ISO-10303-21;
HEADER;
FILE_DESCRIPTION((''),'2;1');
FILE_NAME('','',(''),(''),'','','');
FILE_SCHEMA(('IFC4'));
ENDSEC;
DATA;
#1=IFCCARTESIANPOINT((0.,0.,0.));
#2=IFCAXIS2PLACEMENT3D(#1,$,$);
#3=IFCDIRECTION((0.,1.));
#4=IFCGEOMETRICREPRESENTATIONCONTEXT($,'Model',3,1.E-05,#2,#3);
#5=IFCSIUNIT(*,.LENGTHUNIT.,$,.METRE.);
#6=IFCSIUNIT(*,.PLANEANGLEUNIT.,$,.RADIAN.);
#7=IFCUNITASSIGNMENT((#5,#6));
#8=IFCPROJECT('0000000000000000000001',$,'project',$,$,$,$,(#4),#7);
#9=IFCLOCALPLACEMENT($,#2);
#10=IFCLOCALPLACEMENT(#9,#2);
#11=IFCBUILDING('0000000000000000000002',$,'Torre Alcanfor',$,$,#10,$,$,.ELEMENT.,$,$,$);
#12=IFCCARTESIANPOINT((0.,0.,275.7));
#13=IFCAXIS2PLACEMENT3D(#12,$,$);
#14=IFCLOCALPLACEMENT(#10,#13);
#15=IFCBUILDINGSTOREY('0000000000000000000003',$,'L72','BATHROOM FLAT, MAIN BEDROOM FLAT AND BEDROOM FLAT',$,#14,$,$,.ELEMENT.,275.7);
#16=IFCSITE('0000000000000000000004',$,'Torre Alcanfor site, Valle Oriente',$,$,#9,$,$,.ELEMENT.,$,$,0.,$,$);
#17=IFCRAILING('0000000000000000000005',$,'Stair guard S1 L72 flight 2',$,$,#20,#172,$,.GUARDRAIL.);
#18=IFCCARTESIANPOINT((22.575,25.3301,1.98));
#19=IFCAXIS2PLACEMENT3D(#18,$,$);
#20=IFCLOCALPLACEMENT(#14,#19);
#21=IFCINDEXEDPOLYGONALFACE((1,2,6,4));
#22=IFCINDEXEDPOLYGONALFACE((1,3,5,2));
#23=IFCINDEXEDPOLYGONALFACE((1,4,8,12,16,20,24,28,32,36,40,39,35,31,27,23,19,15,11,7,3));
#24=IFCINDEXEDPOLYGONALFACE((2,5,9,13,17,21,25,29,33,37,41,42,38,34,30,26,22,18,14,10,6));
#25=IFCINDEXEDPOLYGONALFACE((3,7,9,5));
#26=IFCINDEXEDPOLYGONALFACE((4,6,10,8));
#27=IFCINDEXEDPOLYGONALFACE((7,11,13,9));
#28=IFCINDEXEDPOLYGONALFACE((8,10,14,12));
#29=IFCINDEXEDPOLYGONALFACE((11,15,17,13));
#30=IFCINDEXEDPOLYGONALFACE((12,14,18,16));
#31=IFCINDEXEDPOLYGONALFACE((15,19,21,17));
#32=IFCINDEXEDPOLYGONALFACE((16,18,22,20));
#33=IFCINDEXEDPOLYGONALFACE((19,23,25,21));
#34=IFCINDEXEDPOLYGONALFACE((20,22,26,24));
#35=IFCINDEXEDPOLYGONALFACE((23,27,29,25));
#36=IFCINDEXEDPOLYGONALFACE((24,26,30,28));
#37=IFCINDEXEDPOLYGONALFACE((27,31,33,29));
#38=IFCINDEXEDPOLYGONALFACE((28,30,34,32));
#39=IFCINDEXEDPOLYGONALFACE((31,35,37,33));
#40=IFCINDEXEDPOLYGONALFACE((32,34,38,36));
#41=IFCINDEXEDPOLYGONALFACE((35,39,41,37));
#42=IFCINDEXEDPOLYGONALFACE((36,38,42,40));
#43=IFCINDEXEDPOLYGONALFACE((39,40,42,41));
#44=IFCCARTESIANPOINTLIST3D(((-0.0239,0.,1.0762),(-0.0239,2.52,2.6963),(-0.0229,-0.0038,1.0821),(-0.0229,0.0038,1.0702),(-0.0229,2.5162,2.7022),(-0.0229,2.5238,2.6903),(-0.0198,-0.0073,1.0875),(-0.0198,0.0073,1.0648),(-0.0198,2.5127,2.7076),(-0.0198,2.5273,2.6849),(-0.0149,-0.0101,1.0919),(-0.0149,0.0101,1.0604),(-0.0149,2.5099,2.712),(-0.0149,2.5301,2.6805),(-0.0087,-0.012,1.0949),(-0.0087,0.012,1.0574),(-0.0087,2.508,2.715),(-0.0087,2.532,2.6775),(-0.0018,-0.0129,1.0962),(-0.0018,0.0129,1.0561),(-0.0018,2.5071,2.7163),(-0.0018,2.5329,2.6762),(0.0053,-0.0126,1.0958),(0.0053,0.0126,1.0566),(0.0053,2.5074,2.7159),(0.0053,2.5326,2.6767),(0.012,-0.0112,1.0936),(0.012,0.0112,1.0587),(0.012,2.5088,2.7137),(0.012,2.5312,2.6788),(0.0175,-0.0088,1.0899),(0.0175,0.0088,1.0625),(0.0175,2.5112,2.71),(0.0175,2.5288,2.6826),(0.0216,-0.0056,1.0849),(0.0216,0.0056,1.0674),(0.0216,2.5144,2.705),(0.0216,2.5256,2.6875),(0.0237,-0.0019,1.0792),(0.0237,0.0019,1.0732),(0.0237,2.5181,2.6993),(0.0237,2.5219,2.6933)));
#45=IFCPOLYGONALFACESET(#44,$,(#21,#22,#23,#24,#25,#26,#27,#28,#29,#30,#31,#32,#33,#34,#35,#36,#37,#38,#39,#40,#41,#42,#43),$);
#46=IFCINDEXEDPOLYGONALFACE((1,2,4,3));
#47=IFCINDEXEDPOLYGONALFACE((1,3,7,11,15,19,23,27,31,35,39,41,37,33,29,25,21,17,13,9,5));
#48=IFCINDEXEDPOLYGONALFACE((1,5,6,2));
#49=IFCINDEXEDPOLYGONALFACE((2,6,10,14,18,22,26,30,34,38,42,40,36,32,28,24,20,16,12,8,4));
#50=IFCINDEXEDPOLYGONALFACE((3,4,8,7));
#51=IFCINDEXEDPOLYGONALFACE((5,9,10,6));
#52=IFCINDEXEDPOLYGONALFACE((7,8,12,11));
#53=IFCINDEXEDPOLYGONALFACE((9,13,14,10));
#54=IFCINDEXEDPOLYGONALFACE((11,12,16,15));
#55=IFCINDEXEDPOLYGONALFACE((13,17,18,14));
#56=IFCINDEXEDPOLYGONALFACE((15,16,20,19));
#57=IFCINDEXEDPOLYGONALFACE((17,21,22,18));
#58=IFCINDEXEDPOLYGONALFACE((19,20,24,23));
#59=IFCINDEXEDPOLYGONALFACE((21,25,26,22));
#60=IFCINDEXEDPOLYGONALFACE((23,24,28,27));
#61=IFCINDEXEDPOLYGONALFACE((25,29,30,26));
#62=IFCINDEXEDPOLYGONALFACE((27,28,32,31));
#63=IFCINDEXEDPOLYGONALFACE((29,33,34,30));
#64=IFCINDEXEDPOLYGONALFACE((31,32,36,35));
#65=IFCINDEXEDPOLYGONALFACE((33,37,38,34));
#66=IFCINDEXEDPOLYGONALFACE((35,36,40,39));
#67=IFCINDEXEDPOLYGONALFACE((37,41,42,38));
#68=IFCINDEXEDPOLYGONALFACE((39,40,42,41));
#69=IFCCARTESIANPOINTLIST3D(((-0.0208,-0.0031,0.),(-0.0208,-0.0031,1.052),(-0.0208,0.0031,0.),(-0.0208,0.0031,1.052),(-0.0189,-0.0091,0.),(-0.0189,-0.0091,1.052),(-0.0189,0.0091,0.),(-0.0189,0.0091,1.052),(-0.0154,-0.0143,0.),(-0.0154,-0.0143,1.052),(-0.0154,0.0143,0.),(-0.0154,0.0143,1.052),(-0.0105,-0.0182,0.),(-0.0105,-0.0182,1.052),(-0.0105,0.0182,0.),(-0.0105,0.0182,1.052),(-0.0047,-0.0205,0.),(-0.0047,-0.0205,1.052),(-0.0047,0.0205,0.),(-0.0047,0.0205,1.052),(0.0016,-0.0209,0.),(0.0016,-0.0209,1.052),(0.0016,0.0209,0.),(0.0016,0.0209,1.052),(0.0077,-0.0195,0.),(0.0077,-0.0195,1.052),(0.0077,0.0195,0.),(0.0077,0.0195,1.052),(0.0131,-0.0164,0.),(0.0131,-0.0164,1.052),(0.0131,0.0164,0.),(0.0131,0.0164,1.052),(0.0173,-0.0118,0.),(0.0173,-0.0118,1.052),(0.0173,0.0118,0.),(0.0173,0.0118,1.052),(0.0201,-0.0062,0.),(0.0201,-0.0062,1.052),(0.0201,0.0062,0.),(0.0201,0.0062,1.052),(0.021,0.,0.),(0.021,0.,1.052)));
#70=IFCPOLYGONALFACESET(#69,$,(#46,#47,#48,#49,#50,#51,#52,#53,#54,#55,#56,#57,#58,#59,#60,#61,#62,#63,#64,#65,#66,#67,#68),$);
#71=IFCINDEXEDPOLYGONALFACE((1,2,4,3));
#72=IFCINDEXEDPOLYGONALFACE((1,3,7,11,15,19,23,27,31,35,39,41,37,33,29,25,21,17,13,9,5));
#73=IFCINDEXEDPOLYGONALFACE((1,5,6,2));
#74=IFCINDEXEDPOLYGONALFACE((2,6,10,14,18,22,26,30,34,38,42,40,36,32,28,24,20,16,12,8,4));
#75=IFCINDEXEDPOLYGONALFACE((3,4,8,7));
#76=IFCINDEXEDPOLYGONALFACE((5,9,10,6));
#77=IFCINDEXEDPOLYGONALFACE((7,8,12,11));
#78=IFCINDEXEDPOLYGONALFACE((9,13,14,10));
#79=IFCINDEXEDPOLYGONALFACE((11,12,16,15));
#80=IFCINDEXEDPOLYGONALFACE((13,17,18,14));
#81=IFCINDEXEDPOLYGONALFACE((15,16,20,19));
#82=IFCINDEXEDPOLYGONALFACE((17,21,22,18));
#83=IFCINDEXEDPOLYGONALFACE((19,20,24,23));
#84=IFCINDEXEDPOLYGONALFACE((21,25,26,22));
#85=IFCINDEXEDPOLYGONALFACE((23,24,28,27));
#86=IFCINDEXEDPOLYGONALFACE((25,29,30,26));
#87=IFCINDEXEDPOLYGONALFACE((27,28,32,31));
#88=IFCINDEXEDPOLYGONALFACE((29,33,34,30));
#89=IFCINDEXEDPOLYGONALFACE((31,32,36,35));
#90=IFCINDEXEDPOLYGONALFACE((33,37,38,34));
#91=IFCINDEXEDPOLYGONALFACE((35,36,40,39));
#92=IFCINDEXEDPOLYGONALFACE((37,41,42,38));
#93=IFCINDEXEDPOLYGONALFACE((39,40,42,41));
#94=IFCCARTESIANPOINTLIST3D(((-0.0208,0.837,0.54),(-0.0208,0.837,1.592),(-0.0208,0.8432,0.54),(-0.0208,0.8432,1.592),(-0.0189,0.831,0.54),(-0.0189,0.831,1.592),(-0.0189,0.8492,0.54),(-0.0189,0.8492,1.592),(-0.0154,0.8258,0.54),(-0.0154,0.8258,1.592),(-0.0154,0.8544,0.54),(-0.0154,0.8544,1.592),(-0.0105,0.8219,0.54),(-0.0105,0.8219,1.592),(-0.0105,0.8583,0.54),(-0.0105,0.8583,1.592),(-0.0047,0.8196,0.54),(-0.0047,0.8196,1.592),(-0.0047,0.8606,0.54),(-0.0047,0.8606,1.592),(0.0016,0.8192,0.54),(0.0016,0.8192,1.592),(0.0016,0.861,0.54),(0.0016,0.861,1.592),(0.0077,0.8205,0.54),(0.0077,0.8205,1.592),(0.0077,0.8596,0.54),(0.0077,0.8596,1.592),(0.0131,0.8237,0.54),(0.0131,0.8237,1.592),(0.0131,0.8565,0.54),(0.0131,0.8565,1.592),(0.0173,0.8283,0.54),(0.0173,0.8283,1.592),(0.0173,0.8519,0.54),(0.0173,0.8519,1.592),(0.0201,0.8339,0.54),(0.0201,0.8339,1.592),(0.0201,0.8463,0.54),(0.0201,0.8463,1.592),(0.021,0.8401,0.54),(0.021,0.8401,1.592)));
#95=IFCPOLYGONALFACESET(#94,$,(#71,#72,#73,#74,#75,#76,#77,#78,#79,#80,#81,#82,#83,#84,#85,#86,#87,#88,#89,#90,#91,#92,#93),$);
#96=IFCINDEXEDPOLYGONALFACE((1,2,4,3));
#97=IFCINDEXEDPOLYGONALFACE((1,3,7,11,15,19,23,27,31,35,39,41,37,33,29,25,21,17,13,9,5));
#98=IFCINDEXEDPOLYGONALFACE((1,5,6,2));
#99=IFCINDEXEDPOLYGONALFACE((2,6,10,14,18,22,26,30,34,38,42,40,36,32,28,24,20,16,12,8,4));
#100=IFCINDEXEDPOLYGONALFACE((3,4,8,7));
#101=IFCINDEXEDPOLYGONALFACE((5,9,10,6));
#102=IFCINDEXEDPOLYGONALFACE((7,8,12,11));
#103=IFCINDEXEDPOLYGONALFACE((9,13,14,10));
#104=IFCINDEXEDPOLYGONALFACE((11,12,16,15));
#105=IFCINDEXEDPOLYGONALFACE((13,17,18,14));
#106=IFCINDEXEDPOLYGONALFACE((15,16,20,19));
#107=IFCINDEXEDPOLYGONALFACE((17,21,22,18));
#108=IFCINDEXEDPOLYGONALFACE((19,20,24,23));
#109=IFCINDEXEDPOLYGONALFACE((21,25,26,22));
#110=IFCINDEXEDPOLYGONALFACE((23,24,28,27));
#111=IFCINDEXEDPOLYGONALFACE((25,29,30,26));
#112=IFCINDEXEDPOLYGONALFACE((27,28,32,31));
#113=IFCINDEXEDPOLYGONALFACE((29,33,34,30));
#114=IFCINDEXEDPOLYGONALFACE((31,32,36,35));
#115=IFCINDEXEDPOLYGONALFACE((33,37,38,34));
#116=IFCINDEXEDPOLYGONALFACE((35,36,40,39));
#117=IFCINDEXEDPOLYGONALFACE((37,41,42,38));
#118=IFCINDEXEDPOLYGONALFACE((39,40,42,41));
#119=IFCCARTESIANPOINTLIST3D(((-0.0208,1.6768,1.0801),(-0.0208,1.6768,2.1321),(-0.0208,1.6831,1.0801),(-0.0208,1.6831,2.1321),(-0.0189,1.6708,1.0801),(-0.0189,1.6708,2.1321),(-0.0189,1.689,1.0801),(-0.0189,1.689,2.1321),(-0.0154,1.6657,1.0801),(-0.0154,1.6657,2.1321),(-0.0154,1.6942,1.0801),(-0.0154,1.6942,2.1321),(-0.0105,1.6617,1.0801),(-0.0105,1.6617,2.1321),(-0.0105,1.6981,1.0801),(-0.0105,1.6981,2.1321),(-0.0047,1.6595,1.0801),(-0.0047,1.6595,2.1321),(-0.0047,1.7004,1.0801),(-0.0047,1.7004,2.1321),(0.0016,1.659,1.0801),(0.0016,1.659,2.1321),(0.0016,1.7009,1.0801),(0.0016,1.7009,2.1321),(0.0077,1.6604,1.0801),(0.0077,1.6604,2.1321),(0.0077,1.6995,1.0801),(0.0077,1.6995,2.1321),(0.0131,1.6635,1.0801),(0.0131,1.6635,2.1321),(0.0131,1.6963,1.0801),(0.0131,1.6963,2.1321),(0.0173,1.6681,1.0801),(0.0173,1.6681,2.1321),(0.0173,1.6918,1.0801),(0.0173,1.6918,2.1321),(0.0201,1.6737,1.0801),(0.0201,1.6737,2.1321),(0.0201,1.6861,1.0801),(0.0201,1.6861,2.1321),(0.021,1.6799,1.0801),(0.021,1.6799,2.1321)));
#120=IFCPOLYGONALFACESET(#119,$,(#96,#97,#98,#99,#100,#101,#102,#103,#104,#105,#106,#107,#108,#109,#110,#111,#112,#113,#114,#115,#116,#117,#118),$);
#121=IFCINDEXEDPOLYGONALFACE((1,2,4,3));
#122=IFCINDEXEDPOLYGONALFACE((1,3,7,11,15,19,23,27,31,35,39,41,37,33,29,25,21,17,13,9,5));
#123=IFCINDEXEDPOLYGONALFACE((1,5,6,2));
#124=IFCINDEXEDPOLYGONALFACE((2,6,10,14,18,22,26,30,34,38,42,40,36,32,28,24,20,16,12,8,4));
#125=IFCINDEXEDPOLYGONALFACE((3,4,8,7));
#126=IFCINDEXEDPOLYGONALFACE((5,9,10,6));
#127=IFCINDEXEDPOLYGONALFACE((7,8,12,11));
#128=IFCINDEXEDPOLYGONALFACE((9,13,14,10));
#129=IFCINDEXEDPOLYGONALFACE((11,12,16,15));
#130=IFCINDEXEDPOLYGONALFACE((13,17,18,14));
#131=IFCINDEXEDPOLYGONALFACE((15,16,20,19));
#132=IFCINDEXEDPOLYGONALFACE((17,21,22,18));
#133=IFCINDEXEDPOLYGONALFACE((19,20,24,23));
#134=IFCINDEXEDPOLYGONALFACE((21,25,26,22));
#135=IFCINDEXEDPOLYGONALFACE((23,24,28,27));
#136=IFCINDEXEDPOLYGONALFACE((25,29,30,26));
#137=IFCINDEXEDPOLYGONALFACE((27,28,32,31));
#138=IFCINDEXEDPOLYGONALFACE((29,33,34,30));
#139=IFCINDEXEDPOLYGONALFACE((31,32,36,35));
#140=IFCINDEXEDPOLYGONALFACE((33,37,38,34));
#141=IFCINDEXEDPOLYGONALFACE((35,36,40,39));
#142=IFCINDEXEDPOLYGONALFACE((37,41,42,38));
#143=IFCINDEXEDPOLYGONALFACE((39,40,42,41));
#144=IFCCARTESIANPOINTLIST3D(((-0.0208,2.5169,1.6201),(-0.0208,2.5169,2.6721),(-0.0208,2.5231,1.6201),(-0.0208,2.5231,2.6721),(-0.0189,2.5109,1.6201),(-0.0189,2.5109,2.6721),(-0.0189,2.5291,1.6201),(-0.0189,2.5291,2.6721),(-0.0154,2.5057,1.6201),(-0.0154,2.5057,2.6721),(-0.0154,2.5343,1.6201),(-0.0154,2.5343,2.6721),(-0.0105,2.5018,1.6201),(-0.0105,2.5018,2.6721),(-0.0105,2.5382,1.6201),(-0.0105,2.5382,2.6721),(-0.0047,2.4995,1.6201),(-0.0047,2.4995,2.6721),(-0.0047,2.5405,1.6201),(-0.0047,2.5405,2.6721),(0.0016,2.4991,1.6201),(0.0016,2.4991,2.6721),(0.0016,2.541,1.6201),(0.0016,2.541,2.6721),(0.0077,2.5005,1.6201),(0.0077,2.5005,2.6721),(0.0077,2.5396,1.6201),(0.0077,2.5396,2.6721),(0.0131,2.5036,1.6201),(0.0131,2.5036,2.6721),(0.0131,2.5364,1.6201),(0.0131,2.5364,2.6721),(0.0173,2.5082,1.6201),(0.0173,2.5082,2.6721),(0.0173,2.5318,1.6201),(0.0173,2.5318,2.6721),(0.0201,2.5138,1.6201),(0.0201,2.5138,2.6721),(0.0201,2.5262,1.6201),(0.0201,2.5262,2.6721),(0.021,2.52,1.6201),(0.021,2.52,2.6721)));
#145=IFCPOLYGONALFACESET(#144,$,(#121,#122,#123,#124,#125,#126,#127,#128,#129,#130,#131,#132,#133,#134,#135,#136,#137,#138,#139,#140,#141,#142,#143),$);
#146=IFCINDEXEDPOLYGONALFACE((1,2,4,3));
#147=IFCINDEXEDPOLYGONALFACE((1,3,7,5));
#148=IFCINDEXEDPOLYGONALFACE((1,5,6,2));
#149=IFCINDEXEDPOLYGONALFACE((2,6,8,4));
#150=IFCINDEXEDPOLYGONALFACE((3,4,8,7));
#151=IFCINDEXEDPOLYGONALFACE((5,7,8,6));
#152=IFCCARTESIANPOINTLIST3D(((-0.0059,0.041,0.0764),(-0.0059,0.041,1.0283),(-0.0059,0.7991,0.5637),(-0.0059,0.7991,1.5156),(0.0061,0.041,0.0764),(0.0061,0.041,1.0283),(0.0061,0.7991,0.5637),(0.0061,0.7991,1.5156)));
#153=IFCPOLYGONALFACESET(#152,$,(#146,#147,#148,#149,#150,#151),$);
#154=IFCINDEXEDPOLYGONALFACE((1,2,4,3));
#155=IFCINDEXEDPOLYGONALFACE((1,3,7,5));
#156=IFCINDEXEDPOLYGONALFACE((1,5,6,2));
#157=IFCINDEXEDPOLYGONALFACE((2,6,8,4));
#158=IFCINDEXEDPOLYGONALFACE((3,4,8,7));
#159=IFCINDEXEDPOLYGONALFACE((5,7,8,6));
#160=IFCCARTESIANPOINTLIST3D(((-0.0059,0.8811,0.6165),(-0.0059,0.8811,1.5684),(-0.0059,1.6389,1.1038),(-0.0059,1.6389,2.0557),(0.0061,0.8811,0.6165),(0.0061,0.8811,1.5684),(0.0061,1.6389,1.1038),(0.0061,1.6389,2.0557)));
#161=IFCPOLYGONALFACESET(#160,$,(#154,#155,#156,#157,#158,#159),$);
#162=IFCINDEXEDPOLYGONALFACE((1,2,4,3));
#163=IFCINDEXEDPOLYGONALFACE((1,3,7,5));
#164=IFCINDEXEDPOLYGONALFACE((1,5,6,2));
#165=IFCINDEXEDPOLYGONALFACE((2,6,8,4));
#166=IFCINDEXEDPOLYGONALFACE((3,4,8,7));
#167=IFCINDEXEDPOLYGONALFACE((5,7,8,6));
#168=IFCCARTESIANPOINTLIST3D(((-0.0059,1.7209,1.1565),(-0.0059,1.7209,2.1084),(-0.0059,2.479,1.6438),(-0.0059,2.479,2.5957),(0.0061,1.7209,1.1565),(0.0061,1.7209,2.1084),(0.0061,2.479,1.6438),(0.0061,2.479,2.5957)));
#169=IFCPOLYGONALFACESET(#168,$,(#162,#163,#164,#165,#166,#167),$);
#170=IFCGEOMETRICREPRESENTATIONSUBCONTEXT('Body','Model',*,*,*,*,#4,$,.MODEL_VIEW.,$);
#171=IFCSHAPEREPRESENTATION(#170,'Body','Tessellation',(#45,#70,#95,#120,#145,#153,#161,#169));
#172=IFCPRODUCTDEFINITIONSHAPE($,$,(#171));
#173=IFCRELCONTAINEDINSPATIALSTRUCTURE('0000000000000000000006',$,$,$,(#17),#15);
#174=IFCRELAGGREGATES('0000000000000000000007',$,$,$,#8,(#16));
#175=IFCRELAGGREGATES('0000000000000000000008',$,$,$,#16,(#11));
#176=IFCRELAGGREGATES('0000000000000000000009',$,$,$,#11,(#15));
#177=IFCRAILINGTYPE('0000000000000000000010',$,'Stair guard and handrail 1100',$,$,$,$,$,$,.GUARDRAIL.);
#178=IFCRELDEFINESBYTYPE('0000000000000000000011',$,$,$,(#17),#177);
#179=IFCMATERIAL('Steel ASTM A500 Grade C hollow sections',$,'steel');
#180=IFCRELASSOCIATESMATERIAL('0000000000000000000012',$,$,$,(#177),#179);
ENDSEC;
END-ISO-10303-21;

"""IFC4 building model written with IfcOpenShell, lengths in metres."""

from ifc_helpers import new_model, si_unit, direction, frame, origin, origin_2d, place, context, subcontext, project, spatial, polyline, circle, outline, extrude, material, type_object, element, save


model = new_model("IFC4")

# Units and contexts
model_context = context("Model", 3, precision=1e-05, world=origin(), true_north=direction((0.0, 1.0)))
body_context = subcontext(model_context, "Body", "Model", "MODEL_VIEW")
ifc_project = project(units=[si_unit("LENGTHUNIT", "METRE"), si_unit("PLANEANGLEUNIT", "RADIAN")], contexts=[model_context])

# Site, building, storey
site_placement = place(None, origin())
site = spatial("IfcSite", under=ifc_project, at=site_placement, Name="Torre Alcanfor site, Valle Oriente", CompositionType="ELEMENT", RefElevation=0.0)
building_placement = place(site_placement, origin())
building = spatial("IfcBuilding", under=site, at=building_placement, Name="Torre Alcanfor", CompositionType="ELEMENT")
storey_placement = place(building_placement, frame((0.0, 0.0, 275.7)))
storey = spatial("IfcBuildingStorey", under=building, at=storey_placement, Name="L72", Description="BATHROOM FLAT, MAIN BEDROOM FLAT AND BEDROOM FLAT", CompositionType="ELEMENT", Elevation=275.7)

# Railing
ifc_material_1 = material(Name="Steel ASTM A500 Grade C hollow sections", Category="steel")
railing_type_1 = type_object("IfcRailingType", Name="Stair guard and handrail 1100", PredefinedType="GUARDRAIL", material=ifc_material_1)
railing_1_placement = place(storey_placement, frame((22.575, 25.3301, 1.98)))
element("IfcRailing", 1, at=railing_1_placement, inside=storey, type_object=railing_type_1, Name="Stair guard S1 L72 flight 2", PredefinedType="GUARDRAIL", context=body_context, shape_type="SweptSolid", body=[
    extrude(circle(Radius=0.0239, at=origin_2d()), frame((0.0, 0.0, 1.0762), z_axis=(0.0, 0.841163, 0.540782), x_axis=(-1.0, 0.0, 0.0)), (0.0, 0.0, 1.0), 2.9958),
    extrude(circle(Radius=0.021, at=origin_2d()), origin(), (0.0, 0.0, 1.0), 1.052),
    extrude(circle(Radius=0.021, at=origin_2d()), frame((0.0, 0.8401, 0.54)), (0.0, 0.0, 1.0), 1.052),
    extrude(circle(Radius=0.021, at=origin_2d()), frame((0.0, 1.6799, 1.0801)), (0.0, 0.0, 1.0), 1.052),
    extrude(circle(Radius=0.021, at=origin_2d()), frame((0.0, 2.52, 1.6201)), (0.0, 0.0, 1.0), 1.052),
    extrude(outline(polyline([(0.041, 0.0764), (0.7991, 0.5637), (0.7991, 1.5156), (0.041, 1.0283), (0.041, 0.0764)])), frame((-0.0059, 0.0, 0.0), z_axis=(1.0, 0.0, 0.0), x_axis=(0.0, 1.0, 0.0)), (0.0, 0.0, 1.0), 0.012),
    extrude(outline(polyline([(0.8811, 0.6165), (1.6389, 1.1038), (1.6389, 2.0557), (0.8811, 1.5684), (0.8811, 0.6165)])), frame((-0.0059, 0.0, 0.0), z_axis=(1.0, 0.0, 0.0), x_axis=(0.0, 1.0, 0.0)), (0.0, 0.0, 1.0), 0.012),
    extrude(outline(polyline([(1.7209, 1.1565), (2.479, 1.6438), (2.479, 2.5957), (1.7209, 2.1084), (1.7209, 1.1565)])), frame((-0.0059, 0.0, 0.0), z_axis=(1.0, 0.0, 0.0), x_axis=(0.0, 1.0, 0.0)), (0.0, 0.0, 1.0), 0.012),
])

save(model, "model.ifc")
